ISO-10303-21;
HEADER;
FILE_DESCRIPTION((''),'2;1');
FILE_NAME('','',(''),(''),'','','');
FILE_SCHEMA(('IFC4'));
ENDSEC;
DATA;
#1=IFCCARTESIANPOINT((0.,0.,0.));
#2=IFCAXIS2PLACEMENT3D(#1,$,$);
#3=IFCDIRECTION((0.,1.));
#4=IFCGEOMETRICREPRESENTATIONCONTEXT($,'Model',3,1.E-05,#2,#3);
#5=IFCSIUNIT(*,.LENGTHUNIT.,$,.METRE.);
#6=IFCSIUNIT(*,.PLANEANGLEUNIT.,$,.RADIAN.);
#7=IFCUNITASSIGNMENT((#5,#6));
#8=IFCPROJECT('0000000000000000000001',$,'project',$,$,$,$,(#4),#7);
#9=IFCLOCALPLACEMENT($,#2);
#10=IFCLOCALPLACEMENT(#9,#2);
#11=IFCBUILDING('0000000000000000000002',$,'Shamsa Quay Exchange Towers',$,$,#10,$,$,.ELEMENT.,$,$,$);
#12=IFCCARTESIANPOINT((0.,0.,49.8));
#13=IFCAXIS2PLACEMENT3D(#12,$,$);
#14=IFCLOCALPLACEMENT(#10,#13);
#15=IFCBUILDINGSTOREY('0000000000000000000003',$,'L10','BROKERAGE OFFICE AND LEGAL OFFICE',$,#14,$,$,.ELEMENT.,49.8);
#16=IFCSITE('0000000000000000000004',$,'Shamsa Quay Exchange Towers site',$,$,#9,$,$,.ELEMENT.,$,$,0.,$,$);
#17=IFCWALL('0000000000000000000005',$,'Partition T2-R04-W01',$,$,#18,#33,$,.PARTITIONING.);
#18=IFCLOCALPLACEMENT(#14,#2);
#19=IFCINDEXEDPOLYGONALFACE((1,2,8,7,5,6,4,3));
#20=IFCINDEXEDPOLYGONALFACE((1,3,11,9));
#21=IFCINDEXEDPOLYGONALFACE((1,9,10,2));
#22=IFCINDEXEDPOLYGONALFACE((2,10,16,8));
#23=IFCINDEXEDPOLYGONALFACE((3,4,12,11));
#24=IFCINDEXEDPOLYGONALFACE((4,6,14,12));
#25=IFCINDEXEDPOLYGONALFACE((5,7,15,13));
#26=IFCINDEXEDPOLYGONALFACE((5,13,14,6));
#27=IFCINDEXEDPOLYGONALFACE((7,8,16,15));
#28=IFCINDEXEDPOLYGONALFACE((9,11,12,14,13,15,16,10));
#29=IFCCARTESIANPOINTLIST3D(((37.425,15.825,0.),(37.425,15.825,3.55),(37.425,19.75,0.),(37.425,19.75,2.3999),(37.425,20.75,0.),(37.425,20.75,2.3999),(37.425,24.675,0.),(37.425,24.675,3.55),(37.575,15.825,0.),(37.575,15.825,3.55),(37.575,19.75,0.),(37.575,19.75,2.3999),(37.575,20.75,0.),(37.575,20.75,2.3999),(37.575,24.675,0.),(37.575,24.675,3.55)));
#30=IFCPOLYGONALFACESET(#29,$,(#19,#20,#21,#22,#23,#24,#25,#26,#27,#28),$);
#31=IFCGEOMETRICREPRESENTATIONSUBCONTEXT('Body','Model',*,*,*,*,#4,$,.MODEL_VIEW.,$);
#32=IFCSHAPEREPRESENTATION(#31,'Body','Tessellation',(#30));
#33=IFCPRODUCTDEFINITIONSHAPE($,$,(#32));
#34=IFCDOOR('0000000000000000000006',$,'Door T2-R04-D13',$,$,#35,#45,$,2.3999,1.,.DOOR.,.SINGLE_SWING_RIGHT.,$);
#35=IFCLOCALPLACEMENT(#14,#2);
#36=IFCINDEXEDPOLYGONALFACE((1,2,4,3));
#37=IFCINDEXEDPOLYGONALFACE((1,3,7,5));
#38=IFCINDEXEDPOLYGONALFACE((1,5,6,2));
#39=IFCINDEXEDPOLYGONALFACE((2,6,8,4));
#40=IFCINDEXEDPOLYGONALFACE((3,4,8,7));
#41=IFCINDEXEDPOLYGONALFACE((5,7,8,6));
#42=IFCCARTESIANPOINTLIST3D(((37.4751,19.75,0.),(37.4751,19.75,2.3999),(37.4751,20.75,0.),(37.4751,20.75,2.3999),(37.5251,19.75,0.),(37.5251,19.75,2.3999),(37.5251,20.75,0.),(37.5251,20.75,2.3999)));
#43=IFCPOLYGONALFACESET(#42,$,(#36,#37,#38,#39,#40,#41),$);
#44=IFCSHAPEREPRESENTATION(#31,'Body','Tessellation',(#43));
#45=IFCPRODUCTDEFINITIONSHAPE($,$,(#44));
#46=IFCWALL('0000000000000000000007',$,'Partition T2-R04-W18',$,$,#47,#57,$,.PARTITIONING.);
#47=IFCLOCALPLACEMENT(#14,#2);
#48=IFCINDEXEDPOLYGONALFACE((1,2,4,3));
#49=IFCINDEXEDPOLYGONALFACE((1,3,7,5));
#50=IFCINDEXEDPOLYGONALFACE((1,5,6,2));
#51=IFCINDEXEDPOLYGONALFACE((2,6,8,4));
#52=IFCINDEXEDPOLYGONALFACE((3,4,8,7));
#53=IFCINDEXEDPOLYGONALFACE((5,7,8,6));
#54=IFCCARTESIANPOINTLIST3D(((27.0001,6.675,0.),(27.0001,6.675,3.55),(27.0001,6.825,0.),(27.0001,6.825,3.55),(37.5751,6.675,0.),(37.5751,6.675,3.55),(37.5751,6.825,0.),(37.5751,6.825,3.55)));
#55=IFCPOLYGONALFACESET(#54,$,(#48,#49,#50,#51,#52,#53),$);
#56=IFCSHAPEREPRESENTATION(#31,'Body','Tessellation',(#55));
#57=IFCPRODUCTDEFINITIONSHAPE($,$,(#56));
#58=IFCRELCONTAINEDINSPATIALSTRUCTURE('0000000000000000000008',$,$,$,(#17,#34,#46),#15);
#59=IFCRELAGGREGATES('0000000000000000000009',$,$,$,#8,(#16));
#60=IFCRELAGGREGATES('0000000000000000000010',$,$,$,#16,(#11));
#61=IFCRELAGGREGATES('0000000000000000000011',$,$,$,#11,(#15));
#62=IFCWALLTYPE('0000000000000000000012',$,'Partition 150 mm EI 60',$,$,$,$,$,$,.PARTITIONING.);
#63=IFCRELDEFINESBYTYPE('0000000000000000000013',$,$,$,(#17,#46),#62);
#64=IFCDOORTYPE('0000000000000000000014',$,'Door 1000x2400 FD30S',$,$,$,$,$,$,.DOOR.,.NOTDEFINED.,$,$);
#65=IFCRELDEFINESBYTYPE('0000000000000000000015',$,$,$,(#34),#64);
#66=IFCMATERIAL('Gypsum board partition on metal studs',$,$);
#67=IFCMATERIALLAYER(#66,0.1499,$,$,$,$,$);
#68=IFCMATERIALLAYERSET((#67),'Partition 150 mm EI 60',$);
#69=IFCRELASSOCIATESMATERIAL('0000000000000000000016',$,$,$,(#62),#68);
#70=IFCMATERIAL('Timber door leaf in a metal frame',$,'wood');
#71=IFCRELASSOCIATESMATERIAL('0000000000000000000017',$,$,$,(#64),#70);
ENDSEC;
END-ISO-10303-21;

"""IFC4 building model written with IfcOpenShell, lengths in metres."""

from ifc_helpers import new_model, si_unit, direction, frame, frame_2d, origin, place, context, subcontext, project, spatial, rectangle, extrude, material, layer, layer_set, type_object, element, fill, save


model = new_model("IFC4")

# Units and contexts
model_context = context("Model", 3, precision=1e-05, world=origin(), true_north=direction((0.0, 1.0)))
body_context = subcontext(model_context, "Body", "Model", "MODEL_VIEW")
ifc_project = project(units=[si_unit("LENGTHUNIT", "METRE"), si_unit("PLANEANGLEUNIT", "RADIAN")], contexts=[model_context])

# Site, building, storey
site_placement = place(None, origin())
site = spatial("IfcSite", under=ifc_project, at=site_placement, Name="Shamsa Quay Exchange Towers site", CompositionType="ELEMENT", RefElevation=0.0)
building_placement = place(site_placement, origin())
building = spatial("IfcBuilding", under=site, at=building_placement, Name="Shamsa Quay Exchange Towers", CompositionType="ELEMENT")
storey_placement = place(building_placement, frame((0.0, 0.0, 49.8)))
storey = spatial("IfcBuildingStorey", under=building, at=storey_placement, Name="L10", Description="BROKERAGE OFFICE AND LEGAL OFFICE", CompositionType="ELEMENT", Elevation=49.8)

# Shared definitions
ifc_material_1 = material(Name="Timber door leaf in a metal frame", Category="wood")

# Shared definitions
ifc_material_2 = material(Name="Gypsum board partition on metal studs")

# Wall, opening, door
ifc_layer_1 = layer(ifc_material_2, 0.1499)
ifc_layer_set_1 = layer_set([ifc_layer_1], Name="Partition 150 mm EI 60")
wall_type_1 = type_object("IfcWallType", Name="Partition 150 mm EI 60", PredefinedType="PARTITIONING", material=ifc_layer_set_1)
wall_1_placement = place(storey_placement, frame((37.5, 15.825, 0.0), z_axis=(0.0, 0.0, 1.0), x_axis=(0.0, 1.0, 0.0)))
wall_1 = element("IfcWall", 1, at=wall_1_placement, inside=storey, type_object=wall_type_1, Name="Partition T2-R04-W01", PredefinedType="PARTITIONING", context=body_context, shape_type="SweptSolid", body=[
    extrude(rectangle(XDim=8.8501, YDim=0.1499, at=frame_2d((4.425, 0.0))), origin(), (0.0, 0.0, 1.0), 3.55),
])
opening_1_placement = place(wall_1_placement, frame((3.925, 0.0, 0.0)))
opening_1 = element("IfcOpeningElement", 2, at=opening_1_placement, cuts=wall_1, PredefinedType="OPENING", context=body_context, shape_type="SweptSolid", body=[
    extrude(rectangle(XDim=1.0, YDim=2.3999, at=frame_2d((0.5, 1.2))), frame((0.0, 0.085, 0.0), z_axis=(0.0, -1.0, 0.0), x_axis=(1.0, 0.0, 0.0)), (0.0, 0.0, 1.0), 0.1699),
])
door_type_1 = type_object("IfcDoorType", Name="Door 1000x2400 FD30S", OperationType="NOTDEFINED", PredefinedType="DOOR", material=ifc_material_1)
door_1_placement = place(opening_1_placement, origin())
door_1 = element("IfcDoor", 3, at=door_1_placement, inside=storey, type_object=door_type_1, Name="Door T2-R04-D13", OperationType="SINGLE_SWING_RIGHT", OverallHeight=2.3999, OverallWidth=1.0, PredefinedType="DOOR", context=body_context, shape_type="SweptSolid", body=[
    extrude(rectangle(XDim=1.0, YDim=2.3999, at=frame_2d((0.5, 1.2))), frame((0.0, 0.0249, 0.0), z_axis=(0.0, -1.0, 0.0), x_axis=(1.0, 0.0, 0.0)), (0.0, 0.0, 1.0), 0.05),
])
fill(opening_1, door_1)

# Wall
wall_2_placement = place(storey_placement, frame((27.0, 6.75, 0.0)))
element("IfcWall", 4, at=wall_2_placement, inside=storey, type_object=wall_type_1, Name="Partition T2-R04-W18", PredefinedType="PARTITIONING", context=body_context, shape_type="SweptSolid", body=[
    extrude(rectangle(XDim=10.575, YDim=0.1499, at=frame_2d((5.2876, 0.0))), origin(), (0.0, 0.0, 1.0), 3.55),
])

save(model, "model.ifc")
